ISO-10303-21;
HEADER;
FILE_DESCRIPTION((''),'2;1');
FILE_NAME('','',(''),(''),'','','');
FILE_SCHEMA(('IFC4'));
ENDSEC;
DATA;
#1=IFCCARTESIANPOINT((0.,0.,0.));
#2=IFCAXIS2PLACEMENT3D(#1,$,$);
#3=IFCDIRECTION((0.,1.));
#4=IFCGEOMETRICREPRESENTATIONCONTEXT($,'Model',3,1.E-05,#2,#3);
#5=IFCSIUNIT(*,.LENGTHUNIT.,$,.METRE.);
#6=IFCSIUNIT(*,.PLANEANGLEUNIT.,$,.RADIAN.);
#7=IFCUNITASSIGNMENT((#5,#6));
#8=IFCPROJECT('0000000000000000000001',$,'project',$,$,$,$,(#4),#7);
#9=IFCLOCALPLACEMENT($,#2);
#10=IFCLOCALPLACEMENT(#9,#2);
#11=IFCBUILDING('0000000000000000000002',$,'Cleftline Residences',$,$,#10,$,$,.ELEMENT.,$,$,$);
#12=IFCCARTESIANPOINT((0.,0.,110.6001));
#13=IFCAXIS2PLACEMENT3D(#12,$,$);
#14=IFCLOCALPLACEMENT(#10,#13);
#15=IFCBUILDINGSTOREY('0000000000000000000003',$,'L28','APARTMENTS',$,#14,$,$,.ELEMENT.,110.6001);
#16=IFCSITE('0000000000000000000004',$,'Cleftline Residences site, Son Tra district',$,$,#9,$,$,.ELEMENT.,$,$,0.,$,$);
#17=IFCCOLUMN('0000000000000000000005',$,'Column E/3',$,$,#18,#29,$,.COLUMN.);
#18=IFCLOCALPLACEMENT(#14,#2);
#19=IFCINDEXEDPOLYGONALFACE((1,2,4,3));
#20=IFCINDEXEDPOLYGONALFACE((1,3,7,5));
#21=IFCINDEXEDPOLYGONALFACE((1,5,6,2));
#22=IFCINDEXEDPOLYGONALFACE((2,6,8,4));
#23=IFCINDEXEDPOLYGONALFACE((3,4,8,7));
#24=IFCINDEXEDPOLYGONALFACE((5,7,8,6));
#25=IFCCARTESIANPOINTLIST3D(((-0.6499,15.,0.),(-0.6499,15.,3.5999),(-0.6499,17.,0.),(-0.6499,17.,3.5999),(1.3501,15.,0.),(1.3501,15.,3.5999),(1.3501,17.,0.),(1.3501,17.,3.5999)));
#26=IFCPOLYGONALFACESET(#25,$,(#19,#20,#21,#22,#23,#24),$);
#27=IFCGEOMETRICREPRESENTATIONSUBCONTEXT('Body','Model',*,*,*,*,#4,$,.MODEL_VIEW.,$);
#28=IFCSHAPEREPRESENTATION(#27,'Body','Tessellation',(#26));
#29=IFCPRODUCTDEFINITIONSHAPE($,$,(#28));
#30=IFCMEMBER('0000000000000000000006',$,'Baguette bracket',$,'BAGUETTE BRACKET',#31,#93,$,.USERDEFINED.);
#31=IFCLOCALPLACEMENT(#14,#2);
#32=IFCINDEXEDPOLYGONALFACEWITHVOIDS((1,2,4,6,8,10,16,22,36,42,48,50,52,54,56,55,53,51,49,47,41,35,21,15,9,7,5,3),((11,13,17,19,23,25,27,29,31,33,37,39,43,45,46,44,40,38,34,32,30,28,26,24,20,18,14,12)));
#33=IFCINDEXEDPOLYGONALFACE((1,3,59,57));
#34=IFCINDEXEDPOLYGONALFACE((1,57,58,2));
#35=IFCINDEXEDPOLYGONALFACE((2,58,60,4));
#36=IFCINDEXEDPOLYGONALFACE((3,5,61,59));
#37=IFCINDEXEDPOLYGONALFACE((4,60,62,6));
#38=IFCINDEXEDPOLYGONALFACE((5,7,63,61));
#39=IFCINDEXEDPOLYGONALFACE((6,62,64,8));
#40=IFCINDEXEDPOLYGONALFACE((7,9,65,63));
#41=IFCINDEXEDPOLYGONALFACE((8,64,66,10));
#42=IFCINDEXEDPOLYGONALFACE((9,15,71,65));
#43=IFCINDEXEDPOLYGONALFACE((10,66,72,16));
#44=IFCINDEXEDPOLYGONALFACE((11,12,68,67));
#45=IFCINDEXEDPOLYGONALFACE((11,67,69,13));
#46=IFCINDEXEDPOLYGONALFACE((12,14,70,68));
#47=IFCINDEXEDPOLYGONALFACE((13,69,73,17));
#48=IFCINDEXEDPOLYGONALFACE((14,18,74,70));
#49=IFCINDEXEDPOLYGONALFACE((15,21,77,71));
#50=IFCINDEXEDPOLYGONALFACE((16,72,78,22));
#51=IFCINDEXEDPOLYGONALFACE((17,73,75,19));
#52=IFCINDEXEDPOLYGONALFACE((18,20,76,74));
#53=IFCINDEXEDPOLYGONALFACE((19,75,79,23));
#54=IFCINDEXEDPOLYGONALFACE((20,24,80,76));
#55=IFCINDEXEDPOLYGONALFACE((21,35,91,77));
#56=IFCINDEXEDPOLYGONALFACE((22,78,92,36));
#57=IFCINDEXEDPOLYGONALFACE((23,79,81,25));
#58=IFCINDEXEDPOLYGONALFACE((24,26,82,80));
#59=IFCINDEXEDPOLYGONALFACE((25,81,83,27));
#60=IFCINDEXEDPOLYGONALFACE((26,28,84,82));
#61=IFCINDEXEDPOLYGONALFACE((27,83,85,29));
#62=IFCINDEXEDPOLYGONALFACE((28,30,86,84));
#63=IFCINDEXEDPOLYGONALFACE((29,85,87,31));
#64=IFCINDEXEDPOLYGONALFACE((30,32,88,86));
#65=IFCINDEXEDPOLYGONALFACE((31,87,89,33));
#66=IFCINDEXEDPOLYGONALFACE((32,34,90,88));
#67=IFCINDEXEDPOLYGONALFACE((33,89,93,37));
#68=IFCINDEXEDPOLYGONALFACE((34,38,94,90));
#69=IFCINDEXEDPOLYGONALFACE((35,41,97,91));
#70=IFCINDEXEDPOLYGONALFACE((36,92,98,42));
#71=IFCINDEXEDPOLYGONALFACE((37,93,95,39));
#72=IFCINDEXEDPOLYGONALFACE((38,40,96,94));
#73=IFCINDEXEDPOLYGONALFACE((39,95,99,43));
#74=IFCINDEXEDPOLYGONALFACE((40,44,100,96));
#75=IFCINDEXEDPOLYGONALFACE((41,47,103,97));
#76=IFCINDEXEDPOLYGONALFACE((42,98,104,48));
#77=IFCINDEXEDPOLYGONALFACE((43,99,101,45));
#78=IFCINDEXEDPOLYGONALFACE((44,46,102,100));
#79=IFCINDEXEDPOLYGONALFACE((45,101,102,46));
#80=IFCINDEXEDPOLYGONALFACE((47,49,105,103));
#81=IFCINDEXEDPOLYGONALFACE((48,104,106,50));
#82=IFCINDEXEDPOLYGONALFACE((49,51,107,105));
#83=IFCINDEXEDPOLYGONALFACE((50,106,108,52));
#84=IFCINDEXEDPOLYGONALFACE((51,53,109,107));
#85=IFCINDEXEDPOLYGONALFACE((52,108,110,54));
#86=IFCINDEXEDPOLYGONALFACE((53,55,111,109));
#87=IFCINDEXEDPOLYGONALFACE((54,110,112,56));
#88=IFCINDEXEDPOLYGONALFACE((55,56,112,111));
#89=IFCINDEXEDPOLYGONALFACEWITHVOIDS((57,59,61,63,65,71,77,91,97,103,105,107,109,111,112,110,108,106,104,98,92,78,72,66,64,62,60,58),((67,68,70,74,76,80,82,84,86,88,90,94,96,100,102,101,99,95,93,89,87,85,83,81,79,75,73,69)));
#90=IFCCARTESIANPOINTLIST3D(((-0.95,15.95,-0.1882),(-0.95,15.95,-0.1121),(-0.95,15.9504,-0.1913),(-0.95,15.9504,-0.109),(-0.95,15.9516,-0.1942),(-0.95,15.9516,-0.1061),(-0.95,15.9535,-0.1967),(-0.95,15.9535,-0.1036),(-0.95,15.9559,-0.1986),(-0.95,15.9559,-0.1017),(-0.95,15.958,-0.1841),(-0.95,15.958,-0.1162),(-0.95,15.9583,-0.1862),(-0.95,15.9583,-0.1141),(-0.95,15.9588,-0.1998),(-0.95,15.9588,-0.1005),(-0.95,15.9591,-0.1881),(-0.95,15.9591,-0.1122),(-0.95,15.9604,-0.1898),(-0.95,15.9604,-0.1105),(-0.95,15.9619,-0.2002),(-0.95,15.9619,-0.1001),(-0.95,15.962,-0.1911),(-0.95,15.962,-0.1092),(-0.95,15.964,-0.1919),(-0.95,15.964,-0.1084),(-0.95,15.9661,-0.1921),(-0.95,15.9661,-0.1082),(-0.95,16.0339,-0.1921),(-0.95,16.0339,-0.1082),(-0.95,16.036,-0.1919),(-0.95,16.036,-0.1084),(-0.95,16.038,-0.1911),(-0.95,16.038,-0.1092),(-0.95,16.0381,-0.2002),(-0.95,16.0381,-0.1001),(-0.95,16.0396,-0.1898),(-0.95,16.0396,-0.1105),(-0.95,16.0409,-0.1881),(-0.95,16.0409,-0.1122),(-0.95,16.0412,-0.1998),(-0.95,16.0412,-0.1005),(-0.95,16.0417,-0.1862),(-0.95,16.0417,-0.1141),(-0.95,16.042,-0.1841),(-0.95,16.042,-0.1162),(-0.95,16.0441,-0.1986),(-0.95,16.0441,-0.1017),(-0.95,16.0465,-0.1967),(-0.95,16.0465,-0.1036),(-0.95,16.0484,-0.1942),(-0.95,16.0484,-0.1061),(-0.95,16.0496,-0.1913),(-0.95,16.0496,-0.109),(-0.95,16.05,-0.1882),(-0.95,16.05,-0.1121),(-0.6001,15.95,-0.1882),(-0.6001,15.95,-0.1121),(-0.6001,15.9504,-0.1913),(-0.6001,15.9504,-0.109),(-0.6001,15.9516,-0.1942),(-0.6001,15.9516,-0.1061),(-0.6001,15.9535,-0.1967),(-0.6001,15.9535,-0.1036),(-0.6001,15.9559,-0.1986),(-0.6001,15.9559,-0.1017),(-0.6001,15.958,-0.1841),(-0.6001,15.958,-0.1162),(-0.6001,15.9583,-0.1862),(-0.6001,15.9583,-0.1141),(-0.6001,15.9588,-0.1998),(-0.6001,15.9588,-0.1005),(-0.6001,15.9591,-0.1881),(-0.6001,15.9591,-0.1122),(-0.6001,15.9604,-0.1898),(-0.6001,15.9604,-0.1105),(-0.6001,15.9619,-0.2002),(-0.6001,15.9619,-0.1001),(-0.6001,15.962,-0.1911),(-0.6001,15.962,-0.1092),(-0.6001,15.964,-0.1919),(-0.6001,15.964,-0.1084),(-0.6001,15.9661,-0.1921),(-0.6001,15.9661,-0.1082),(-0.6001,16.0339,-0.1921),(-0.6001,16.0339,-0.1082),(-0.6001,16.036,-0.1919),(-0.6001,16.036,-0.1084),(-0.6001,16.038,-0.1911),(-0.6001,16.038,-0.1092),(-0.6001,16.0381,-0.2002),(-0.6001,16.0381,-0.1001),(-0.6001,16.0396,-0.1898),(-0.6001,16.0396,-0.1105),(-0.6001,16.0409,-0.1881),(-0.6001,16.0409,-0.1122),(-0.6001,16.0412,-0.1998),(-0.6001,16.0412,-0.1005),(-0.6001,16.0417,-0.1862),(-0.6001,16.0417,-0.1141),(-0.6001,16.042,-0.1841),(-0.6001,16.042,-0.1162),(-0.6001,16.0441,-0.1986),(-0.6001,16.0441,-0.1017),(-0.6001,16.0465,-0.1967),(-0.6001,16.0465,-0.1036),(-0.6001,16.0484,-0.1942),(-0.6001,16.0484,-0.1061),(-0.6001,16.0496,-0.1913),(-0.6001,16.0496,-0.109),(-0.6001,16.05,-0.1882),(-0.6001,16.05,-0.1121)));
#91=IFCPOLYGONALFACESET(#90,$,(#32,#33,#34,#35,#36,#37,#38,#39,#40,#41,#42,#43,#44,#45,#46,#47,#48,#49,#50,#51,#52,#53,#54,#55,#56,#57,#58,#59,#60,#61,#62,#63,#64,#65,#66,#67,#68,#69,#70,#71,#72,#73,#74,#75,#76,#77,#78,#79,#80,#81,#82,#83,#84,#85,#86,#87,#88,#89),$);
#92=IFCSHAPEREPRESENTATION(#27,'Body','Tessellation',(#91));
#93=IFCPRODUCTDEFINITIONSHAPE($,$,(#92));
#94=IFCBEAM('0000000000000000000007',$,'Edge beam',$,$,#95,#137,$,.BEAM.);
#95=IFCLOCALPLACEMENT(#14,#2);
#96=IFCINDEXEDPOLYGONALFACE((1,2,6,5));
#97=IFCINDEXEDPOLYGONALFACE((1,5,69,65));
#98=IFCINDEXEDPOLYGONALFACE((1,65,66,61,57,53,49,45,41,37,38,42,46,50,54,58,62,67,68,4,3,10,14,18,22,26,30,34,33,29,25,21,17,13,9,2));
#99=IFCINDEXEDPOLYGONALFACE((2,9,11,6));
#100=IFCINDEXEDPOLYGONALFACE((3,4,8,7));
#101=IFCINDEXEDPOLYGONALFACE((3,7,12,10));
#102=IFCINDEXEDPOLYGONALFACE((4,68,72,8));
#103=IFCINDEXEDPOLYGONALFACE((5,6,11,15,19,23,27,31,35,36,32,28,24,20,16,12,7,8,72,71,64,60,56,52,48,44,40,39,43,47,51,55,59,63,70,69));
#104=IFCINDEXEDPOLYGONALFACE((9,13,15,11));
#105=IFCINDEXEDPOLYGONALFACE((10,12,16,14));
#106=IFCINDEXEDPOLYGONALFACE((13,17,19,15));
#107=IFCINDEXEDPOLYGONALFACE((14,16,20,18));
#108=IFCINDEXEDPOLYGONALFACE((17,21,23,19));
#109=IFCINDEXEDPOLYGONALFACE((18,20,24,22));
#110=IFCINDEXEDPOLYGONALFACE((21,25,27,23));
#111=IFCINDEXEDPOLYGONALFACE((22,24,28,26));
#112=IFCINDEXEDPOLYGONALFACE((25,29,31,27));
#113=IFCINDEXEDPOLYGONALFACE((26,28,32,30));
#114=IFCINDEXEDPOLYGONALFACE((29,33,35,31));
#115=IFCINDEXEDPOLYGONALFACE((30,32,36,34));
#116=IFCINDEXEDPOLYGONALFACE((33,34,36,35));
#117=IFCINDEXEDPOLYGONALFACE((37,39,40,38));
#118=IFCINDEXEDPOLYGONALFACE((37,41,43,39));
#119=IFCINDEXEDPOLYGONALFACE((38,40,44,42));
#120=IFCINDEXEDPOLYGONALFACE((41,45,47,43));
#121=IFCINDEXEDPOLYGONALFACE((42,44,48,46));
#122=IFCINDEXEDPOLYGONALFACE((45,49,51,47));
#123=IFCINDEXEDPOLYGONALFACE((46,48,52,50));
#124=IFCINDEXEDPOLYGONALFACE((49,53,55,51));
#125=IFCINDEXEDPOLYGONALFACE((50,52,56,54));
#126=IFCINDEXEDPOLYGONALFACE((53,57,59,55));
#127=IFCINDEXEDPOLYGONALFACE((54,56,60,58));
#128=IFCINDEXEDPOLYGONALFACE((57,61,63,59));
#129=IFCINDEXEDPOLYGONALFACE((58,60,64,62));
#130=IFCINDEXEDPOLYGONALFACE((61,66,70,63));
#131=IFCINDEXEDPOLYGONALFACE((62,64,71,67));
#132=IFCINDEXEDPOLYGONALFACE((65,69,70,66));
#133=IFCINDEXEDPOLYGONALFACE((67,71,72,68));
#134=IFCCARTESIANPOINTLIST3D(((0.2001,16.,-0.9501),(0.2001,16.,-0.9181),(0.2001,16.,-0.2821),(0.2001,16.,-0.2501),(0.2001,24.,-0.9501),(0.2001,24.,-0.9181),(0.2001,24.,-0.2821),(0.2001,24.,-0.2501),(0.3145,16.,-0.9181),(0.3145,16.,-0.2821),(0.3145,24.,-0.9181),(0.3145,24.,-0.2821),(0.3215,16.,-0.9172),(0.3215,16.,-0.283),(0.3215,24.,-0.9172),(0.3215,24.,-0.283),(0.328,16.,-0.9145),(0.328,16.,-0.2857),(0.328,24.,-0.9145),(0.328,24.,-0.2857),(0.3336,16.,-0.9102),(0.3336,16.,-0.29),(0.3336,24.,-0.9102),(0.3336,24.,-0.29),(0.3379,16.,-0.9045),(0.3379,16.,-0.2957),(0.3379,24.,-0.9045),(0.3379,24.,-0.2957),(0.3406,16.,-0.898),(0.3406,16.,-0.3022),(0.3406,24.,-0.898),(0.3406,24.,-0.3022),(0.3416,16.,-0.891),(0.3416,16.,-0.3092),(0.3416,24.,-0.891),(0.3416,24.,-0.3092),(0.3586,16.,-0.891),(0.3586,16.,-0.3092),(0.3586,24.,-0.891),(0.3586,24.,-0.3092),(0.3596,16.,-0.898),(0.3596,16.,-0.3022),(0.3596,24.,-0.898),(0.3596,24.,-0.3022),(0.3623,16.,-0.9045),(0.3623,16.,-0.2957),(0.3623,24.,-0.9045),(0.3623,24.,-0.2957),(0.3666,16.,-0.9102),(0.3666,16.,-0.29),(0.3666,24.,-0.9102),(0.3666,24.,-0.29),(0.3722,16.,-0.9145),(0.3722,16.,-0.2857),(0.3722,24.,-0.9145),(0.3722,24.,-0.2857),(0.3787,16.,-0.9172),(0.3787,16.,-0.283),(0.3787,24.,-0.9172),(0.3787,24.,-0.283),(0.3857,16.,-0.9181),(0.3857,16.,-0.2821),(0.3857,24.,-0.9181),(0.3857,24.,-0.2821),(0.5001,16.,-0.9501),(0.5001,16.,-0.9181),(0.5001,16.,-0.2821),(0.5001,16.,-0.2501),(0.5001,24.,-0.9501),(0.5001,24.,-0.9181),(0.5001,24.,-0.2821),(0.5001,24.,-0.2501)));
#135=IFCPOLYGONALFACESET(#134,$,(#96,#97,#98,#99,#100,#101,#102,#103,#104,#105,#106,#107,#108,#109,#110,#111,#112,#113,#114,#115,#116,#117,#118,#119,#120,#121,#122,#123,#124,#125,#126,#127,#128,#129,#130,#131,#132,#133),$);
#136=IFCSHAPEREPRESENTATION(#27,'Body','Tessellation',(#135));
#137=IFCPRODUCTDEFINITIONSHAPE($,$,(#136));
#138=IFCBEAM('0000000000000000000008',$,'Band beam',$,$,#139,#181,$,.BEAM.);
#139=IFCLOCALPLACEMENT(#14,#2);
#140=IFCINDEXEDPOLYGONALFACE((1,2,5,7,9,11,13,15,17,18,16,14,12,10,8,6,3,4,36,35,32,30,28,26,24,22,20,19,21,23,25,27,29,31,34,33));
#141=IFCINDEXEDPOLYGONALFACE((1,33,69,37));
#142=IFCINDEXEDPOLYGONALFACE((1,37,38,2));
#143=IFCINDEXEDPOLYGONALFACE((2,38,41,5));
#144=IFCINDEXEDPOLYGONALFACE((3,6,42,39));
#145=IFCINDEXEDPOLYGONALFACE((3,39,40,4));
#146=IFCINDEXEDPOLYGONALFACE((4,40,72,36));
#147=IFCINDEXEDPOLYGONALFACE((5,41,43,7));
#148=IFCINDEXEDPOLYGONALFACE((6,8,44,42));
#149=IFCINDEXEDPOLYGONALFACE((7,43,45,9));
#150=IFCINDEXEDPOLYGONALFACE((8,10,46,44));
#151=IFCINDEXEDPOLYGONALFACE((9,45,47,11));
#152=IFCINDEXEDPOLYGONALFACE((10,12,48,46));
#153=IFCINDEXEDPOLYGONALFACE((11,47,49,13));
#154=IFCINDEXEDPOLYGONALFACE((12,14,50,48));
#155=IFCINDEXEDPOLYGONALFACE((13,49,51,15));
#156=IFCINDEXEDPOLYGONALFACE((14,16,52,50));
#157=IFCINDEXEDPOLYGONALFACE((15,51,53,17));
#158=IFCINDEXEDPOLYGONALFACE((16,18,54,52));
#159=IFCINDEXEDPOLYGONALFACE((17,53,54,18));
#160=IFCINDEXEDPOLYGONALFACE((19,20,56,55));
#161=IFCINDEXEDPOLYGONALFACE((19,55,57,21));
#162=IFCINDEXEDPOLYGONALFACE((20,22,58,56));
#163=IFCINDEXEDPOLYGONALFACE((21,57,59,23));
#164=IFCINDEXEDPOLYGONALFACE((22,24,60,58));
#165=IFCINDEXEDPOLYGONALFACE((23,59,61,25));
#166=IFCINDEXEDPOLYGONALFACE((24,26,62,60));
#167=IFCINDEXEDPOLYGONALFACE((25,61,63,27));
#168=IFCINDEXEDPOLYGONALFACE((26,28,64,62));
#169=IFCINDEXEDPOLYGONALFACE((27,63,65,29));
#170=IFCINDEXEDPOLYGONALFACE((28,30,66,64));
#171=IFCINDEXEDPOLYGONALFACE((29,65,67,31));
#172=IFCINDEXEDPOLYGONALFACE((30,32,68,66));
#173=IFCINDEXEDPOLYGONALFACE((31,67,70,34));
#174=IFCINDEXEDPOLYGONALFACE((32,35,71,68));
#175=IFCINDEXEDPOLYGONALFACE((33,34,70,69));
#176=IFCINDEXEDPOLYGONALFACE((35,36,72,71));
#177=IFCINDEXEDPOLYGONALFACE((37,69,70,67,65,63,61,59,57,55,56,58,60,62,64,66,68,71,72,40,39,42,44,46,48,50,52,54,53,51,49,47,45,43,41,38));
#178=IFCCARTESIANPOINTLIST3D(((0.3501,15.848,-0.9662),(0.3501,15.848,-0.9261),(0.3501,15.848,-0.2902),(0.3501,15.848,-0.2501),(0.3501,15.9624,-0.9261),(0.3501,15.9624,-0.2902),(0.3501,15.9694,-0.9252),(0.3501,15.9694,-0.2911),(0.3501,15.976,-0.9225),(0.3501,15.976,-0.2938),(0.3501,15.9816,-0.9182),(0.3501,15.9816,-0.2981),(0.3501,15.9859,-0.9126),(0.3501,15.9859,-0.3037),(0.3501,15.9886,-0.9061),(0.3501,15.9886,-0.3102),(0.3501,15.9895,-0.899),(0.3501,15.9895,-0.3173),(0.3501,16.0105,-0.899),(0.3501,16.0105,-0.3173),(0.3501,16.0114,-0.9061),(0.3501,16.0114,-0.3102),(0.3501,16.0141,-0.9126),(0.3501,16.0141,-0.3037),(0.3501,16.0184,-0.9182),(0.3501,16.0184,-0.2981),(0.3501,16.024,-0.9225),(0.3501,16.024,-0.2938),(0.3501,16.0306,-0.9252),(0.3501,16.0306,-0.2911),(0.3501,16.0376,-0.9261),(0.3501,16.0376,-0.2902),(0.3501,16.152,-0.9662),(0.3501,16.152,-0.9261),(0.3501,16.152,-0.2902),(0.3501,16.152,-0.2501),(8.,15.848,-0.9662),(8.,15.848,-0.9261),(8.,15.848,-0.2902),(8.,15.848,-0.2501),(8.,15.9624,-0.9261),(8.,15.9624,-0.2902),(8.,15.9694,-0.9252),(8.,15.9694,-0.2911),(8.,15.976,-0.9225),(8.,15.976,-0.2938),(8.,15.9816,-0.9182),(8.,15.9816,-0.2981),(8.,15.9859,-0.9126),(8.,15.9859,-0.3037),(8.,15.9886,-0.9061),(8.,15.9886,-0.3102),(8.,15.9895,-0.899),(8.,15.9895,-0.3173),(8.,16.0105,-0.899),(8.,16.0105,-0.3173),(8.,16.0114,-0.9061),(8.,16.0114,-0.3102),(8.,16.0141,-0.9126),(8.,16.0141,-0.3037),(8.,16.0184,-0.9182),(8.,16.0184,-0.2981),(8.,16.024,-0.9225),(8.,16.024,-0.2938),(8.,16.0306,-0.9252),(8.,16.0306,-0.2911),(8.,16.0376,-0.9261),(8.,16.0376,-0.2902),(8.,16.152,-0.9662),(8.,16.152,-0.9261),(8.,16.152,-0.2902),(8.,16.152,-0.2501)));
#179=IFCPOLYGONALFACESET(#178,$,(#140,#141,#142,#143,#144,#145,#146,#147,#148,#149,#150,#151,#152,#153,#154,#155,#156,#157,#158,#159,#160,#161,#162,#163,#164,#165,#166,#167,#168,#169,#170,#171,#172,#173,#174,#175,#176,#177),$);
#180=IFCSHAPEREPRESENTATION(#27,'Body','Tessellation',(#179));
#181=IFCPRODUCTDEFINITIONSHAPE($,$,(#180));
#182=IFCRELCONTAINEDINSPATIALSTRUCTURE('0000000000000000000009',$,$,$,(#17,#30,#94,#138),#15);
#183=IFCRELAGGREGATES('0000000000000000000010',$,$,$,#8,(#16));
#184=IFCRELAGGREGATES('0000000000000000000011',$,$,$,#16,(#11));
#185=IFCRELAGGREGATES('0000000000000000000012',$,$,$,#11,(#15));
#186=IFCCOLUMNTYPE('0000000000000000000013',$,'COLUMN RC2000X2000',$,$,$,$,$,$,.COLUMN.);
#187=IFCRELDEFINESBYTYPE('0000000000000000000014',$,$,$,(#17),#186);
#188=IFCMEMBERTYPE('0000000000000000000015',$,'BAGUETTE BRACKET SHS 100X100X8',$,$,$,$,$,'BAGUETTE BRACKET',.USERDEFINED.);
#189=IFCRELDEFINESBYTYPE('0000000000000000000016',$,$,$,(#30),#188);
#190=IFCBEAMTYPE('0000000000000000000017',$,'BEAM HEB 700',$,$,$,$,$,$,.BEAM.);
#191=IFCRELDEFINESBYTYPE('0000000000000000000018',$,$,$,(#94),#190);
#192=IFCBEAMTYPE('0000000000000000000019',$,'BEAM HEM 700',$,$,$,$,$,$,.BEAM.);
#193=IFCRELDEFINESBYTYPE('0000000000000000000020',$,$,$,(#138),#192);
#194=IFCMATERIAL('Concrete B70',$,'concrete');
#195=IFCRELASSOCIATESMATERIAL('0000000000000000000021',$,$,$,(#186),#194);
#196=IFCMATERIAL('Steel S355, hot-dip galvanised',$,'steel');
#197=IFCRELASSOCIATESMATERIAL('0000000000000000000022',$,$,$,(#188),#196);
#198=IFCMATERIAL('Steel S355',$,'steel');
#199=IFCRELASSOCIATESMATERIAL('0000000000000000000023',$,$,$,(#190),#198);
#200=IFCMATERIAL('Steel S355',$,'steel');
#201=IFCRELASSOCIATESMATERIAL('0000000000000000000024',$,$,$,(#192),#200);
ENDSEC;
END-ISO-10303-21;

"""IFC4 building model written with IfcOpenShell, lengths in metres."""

from ifc_helpers import new_model, si_unit, direction, frame, origin, origin_2d, place, context, subcontext, project, spatial, rectangle, hollow_rectangle, i_section, extrude, material, material_profile, profile_set, type_object, element, save


model = new_model("IFC4")

# Units and contexts
model_context = context("Model", 3, precision=1e-05, world=origin(), true_north=direction((0.0, 1.0)))
body_context = subcontext(model_context, "Body", "Model", "MODEL_VIEW")
ifc_project = project(units=[si_unit("LENGTHUNIT", "METRE"), si_unit("PLANEANGLEUNIT", "RADIAN")], contexts=[model_context])

# Site, building, storey
site_placement = place(None, origin())
site = spatial("IfcSite", under=ifc_project, at=site_placement, Name="Cleftline Residences site, Son Tra district", CompositionType="ELEMENT", RefElevation=0.0)
building_placement = place(site_placement, origin())
building = spatial("IfcBuilding", under=site, at=building_placement, Name="Cleftline Residences", CompositionType="ELEMENT")
storey_placement = place(building_placement, frame((0.0, 0.0, 110.6001)))
storey = spatial("IfcBuildingStorey", under=building, at=storey_placement, Name="L28", Description="APARTMENTS", CompositionType="ELEMENT", Elevation=110.6001)

# Column
ifc_material_1 = material(Name="Concrete B70", Category="concrete")
ifc_material_profile_1 = material_profile(ifc_material_1, rectangle(XDim=2.0, YDim=2.0, at=origin_2d()))
ifc_profile_set_1 = profile_set([ifc_material_profile_1], Name="Concrete B70")
column_type = type_object("IfcColumnType", Name="COLUMN RC2000X2000", PredefinedType="COLUMN", material=ifc_profile_set_1)
column_placement = place(storey_placement, frame((0.3501, 16.0, 0.0), z_axis=(0.0, 0.0, 1.0), x_axis=(1.0, 0.0, 0.0)))
element("IfcColumn", 1, at=column_placement, inside=storey, type_object=column_type, Name="Column E/3", PredefinedType="COLUMN", context=body_context, shape_type="SweptSolid", body=[
    extrude(rectangle(XDim=2.0, YDim=2.0, at=origin_2d()), origin(), (0.0, 0.0, 1.0), 3.5999),
])

# Member
ifc_material_2 = material(Name="Steel S355, hot-dip galvanised", Category="steel")
ifc_material_profile_2 = material_profile(ifc_material_2, hollow_rectangle(XDim=0.1001, YDim=0.1001, WallThickness=0.0081, InnerFilletRadius=0.0081, OuterFilletRadius=0.012, at=origin_2d()))
ifc_profile_set_2 = profile_set([ifc_material_profile_2], Name="Steel S355, hot-dip galvanised")
member_type_1 = type_object("IfcMemberType", Name="BAGUETTE BRACKET SHS 100X100X8", ElementType="BAGUETTE BRACKET", PredefinedType="USERDEFINED", material=ifc_profile_set_2)
member_placement = place(storey_placement, frame((-0.6001, 16.0, -0.1501), z_axis=(-1.0, 0.0, 0.0), x_axis=(0.0, -1.0, 0.0)))
element("IfcMember", 2, at=member_placement, inside=storey, type_object=member_type_1, Name="Baguette bracket", ObjectType="BAGUETTE BRACKET", PredefinedType="USERDEFINED", context=body_context, shape_type="SweptSolid", body=[
    extrude(hollow_rectangle(XDim=0.1001, YDim=0.1001, WallThickness=0.0081, InnerFilletRadius=0.0081, OuterFilletRadius=0.012, at=origin_2d()), origin(), (0.0, 0.0, 1.0), 0.3499),
])

# Beams
ifc_material_3 = material(Name="Steel S355", Category="steel")
ifc_material_profile_3 = material_profile(ifc_material_3, i_section(OverallWidth=0.3, OverallDepth=0.7, WebThickness=0.0171, FlangeThickness=0.032, FilletRadius=0.0271, at=origin_2d()))
ifc_profile_set_3 = profile_set([ifc_material_profile_3], Name="Steel S355")
beam_type_1 = type_object("IfcBeamType", Name="BEAM HEB 700", PredefinedType="BEAM", material=ifc_profile_set_3)
beam_1_placement = place(storey_placement, frame((0.3501, 16.0, -0.6001), z_axis=(0.0, 1.0, 0.0), x_axis=(-1.0, 0.0, 0.0)))
element("IfcBeam", 3, at=beam_1_placement, inside=storey, type_object=beam_type_1, Name="Edge beam", PredefinedType="BEAM", context=body_context, shape_type="SweptSolid", body=[
    extrude(i_section(OverallWidth=0.3, OverallDepth=0.7, WebThickness=0.0171, FlangeThickness=0.032, FilletRadius=0.0271, at=origin_2d()), origin(), (0.0, 0.0, 1.0), 8.0),
])
ifc_material_4 = material(Name="Steel S355", Category="steel")
ifc_material_profile_4 = material_profile(ifc_material_4, i_section(OverallWidth=0.304, OverallDepth=0.7161, WebThickness=0.021, FlangeThickness=0.04, FilletRadius=0.0271, at=origin_2d()))
ifc_profile_set_4 = profile_set([ifc_material_profile_4], Name="Steel S355")
beam_type_2 = type_object("IfcBeamType", Name="BEAM HEM 700", PredefinedType="BEAM", material=ifc_profile_set_4)
beam_2_placement = place(storey_placement, frame((0.3501, 16.0, -0.6082), z_axis=(1.0, 0.0, 0.0), x_axis=(0.0, 1.0, 0.0)))
element("IfcBeam", 4, at=beam_2_placement, inside=storey, type_object=beam_type_2, Name="Band beam", PredefinedType="BEAM", context=body_context, shape_type="SweptSolid", body=[
    extrude(i_section(OverallWidth=0.304, OverallDepth=0.7161, WebThickness=0.021, FlangeThickness=0.04, FilletRadius=0.0271, at=origin_2d()), origin(), (0.0, 0.0, 1.0), 7.6499),
])

save(model, "model.ifc")
